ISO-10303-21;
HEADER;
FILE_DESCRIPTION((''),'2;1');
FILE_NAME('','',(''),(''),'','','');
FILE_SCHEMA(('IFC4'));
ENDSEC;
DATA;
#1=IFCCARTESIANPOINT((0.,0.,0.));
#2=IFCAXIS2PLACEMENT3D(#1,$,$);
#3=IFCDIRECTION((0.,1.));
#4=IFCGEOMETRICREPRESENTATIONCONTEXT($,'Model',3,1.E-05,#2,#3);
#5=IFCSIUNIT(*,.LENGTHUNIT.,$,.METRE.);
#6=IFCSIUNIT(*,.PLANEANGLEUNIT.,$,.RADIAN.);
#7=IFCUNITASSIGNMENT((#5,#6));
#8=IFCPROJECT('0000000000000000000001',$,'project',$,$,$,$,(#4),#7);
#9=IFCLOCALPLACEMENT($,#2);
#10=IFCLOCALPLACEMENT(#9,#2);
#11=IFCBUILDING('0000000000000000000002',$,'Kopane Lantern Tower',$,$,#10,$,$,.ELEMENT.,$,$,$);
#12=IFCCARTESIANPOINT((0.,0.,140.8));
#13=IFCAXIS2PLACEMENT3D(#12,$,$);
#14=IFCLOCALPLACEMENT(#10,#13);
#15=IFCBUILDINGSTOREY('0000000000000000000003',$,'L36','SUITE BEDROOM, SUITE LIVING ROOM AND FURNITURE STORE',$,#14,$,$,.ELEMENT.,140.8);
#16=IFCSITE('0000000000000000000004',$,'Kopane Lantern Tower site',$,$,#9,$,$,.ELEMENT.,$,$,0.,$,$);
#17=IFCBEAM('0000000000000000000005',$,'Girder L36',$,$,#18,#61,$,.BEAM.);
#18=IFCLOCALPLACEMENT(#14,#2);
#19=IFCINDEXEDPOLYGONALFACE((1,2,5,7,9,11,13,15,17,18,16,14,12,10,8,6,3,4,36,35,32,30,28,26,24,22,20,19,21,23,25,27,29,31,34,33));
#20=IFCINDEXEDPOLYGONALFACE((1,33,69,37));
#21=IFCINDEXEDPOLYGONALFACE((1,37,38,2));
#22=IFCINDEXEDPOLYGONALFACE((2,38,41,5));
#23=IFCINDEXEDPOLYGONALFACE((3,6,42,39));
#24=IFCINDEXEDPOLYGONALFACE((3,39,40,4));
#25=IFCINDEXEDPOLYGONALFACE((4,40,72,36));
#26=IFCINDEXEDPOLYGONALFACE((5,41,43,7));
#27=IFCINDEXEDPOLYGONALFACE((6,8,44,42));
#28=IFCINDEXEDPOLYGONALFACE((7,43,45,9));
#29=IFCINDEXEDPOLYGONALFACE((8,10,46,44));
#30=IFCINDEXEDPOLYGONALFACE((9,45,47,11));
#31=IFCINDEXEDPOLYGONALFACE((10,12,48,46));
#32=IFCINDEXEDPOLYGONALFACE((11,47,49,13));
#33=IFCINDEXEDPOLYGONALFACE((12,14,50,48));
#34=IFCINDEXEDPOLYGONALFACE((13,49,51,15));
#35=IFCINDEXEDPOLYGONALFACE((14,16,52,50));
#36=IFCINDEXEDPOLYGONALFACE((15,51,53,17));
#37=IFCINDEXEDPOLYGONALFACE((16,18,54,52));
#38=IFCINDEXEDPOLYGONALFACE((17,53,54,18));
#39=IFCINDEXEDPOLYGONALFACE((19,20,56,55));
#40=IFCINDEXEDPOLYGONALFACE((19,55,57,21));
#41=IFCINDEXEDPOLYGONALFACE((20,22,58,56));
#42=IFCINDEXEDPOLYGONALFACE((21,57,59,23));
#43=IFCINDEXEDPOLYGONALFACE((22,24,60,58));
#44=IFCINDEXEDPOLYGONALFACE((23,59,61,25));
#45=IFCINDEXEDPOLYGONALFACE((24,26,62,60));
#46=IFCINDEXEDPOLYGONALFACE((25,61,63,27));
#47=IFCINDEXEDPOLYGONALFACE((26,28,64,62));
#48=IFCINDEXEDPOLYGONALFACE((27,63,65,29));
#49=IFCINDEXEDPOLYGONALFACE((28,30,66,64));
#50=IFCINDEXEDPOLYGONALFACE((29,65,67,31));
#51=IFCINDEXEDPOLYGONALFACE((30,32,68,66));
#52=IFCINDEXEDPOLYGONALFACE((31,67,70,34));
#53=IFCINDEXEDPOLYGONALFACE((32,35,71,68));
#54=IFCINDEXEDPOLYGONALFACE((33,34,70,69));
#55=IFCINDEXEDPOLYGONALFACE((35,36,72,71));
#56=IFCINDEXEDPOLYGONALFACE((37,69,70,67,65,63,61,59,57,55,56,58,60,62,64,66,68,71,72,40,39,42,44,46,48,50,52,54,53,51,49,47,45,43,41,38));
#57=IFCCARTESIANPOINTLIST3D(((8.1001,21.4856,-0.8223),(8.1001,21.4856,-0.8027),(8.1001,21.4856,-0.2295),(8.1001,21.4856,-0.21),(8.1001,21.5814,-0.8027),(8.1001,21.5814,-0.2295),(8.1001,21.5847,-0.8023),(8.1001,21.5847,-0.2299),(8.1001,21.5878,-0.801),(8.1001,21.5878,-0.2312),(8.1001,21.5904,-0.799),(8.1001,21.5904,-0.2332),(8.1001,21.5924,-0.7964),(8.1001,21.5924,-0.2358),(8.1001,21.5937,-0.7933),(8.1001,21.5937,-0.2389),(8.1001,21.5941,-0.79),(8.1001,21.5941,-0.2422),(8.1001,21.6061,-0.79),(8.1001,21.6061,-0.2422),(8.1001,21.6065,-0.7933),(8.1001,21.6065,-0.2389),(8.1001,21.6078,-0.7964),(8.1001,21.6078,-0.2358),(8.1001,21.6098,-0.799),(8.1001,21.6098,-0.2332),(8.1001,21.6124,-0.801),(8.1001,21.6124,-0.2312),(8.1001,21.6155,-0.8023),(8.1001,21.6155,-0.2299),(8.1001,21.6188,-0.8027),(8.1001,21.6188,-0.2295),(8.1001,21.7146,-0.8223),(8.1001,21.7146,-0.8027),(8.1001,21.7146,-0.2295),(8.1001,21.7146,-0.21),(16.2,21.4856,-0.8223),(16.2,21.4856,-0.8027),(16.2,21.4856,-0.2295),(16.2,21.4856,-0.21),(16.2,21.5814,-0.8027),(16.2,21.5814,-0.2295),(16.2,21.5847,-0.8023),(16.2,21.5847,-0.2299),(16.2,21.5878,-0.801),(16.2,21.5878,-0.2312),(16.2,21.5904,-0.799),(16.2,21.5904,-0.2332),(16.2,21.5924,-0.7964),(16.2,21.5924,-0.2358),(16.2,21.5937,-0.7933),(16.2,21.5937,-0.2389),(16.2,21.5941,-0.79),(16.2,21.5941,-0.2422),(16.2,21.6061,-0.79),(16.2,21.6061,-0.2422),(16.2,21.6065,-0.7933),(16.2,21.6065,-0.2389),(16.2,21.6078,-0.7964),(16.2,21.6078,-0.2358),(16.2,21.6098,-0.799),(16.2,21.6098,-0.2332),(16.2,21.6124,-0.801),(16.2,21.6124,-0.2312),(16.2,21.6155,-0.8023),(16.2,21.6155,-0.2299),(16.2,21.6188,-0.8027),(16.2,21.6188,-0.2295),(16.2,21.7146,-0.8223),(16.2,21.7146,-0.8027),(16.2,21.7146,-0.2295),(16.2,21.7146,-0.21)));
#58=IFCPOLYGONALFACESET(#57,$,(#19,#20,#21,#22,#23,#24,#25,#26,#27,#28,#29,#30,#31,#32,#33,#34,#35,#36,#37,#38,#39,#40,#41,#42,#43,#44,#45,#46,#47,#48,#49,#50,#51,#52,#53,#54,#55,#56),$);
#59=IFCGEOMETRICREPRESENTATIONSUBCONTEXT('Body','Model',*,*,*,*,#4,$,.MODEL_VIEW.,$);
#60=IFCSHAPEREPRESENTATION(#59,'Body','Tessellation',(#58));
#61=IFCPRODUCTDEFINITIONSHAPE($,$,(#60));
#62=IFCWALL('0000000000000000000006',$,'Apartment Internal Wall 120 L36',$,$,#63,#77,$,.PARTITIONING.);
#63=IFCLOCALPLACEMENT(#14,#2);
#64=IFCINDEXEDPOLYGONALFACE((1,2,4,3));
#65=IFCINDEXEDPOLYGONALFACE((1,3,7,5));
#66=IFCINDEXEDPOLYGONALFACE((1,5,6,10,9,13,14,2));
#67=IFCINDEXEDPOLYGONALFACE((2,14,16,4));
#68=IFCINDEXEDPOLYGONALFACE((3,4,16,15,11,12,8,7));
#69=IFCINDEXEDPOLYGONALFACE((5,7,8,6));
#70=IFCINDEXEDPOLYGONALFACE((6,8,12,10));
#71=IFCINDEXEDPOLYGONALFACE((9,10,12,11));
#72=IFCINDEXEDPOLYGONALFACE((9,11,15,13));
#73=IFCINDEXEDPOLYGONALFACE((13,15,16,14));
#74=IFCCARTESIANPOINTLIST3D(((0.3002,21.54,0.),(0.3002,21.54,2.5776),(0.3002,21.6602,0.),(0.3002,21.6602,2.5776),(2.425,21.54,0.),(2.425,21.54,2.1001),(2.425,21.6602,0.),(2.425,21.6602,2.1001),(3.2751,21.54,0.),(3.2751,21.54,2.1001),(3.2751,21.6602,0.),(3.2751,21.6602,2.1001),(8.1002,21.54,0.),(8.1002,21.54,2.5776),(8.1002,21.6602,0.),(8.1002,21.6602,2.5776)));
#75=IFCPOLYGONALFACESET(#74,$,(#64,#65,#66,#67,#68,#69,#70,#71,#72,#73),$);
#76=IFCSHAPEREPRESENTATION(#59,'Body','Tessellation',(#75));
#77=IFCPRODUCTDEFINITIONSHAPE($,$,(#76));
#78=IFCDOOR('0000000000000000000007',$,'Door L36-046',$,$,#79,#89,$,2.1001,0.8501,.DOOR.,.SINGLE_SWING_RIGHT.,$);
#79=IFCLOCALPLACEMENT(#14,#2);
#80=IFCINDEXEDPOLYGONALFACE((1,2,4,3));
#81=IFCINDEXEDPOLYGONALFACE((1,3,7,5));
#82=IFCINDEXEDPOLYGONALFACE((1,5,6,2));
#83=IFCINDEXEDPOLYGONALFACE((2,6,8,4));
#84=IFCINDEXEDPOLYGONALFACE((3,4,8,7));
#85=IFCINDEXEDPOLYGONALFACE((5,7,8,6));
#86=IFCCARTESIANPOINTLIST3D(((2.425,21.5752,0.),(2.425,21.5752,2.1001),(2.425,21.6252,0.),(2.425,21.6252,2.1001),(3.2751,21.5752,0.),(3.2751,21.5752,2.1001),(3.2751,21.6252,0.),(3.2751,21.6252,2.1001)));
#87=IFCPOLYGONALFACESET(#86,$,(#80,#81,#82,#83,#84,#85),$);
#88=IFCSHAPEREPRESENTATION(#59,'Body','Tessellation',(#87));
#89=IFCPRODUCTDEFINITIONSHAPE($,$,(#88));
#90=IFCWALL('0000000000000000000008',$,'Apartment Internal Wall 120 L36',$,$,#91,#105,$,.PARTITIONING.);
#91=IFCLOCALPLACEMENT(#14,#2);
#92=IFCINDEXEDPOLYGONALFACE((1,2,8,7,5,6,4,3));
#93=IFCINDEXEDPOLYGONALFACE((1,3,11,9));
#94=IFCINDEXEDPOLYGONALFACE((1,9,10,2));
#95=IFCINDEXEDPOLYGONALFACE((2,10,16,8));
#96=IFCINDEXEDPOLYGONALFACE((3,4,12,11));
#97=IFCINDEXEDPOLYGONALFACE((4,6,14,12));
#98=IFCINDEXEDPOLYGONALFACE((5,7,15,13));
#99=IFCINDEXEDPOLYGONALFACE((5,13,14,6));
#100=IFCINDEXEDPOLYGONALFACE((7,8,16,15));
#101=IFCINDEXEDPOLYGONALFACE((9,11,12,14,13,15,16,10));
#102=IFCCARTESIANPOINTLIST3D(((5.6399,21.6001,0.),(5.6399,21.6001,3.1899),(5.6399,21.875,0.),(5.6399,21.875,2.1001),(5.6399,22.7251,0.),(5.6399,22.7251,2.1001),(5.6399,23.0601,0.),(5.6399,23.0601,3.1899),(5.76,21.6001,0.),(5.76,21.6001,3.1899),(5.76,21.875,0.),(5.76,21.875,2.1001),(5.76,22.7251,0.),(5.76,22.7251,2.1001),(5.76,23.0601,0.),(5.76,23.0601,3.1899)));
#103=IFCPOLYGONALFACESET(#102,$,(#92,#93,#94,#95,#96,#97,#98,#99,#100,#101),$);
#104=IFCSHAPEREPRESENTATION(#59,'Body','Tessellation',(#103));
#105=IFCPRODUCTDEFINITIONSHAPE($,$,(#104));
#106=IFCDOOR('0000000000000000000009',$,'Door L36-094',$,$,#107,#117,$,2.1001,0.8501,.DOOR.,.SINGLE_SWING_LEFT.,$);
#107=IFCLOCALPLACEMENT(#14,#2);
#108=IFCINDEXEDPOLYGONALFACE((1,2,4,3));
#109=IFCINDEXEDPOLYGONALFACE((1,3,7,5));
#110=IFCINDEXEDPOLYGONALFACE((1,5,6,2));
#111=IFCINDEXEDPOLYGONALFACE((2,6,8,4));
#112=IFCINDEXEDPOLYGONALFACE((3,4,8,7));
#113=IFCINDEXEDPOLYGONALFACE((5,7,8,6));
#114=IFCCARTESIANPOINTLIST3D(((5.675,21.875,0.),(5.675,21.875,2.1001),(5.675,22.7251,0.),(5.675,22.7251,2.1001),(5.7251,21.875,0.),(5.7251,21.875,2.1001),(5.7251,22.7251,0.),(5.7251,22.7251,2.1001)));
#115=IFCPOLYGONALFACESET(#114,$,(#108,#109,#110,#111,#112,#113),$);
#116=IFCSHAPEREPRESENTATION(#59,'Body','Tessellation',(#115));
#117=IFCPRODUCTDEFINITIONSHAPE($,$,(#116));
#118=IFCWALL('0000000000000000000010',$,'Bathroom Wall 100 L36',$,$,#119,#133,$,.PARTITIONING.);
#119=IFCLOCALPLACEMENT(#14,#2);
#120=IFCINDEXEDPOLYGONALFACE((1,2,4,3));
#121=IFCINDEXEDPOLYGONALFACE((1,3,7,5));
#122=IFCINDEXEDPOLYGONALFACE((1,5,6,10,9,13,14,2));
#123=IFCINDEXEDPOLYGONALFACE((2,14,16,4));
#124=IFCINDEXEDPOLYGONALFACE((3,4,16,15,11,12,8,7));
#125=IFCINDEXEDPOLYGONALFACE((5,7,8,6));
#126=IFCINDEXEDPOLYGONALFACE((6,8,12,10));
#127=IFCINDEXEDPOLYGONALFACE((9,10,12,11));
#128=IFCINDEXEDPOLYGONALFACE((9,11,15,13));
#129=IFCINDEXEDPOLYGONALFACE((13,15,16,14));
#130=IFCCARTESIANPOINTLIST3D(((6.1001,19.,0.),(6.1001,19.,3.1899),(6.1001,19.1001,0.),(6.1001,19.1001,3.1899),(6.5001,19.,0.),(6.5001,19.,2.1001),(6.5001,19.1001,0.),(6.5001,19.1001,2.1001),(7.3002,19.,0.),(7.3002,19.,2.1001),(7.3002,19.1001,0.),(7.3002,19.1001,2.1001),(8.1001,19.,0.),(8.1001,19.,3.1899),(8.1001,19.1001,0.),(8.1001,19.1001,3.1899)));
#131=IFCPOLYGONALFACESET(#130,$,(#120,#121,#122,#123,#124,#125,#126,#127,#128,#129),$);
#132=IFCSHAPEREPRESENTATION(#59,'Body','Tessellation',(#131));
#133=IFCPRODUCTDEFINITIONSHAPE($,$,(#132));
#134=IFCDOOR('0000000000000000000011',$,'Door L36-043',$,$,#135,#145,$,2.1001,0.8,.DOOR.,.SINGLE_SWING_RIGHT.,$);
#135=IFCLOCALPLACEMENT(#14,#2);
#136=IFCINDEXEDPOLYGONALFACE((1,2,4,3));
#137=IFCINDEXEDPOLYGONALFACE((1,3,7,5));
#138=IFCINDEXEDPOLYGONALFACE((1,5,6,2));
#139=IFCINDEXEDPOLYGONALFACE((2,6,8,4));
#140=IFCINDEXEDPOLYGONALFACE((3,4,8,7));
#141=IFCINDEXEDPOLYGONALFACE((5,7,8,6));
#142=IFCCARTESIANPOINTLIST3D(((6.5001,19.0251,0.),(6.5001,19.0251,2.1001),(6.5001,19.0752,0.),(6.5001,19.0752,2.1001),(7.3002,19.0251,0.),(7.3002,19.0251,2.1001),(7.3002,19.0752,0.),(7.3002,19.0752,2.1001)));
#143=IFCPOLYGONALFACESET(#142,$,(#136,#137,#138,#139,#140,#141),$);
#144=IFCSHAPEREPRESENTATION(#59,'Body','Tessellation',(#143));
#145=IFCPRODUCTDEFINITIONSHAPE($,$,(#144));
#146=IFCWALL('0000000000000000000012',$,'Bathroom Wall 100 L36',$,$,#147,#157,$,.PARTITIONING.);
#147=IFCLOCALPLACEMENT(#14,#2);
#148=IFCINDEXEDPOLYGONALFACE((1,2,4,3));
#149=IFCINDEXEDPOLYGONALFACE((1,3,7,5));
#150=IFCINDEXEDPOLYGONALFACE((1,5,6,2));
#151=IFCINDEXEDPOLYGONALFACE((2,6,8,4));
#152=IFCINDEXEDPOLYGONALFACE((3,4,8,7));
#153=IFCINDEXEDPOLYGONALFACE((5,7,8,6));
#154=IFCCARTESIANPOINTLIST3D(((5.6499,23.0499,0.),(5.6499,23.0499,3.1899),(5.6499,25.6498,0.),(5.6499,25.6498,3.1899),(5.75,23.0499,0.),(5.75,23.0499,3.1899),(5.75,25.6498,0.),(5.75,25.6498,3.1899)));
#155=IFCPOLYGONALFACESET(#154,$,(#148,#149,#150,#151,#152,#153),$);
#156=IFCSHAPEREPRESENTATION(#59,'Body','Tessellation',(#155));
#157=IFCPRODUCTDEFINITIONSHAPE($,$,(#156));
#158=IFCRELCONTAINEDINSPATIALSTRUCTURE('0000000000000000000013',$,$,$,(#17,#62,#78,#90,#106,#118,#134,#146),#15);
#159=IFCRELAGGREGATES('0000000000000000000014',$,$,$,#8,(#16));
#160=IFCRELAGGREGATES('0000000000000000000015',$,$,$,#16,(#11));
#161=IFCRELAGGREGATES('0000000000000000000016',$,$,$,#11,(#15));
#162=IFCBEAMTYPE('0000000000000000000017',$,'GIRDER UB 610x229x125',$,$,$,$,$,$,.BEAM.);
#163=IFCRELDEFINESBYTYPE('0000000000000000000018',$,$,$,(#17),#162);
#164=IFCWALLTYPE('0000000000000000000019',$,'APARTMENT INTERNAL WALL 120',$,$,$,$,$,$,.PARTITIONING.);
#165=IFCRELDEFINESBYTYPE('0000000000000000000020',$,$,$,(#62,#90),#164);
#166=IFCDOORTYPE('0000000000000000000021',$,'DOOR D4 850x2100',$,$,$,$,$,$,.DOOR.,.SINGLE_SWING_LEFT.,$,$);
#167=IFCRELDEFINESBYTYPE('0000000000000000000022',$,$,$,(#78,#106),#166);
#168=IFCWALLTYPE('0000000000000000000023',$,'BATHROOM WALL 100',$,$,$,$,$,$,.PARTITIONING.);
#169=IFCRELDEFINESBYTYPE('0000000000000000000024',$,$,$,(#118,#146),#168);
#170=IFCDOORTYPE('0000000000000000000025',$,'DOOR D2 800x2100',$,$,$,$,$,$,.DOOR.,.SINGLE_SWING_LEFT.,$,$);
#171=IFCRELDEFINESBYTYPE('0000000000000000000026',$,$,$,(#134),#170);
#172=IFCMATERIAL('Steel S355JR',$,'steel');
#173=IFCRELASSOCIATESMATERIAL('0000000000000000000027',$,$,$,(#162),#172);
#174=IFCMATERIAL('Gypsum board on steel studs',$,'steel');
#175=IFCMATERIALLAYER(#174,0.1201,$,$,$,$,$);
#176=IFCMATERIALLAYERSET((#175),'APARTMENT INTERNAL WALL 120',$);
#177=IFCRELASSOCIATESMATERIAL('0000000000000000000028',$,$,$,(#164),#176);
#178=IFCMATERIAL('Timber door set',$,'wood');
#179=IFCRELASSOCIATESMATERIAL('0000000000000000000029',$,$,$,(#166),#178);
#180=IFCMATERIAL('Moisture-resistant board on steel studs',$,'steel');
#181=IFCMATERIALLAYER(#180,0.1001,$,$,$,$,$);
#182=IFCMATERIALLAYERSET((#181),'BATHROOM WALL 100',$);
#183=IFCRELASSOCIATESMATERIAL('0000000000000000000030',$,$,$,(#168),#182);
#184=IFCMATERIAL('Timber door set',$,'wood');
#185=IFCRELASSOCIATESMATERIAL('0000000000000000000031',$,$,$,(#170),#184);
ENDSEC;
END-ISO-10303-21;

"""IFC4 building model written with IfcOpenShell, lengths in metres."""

from ifc_helpers import new_model, si_unit, direction, frame, frame_2d, origin, origin_2d, place, context, subcontext, project, spatial, rectangle, i_section, extrude, material, layer, layer_set, material_profile, profile_set, type_object, element, fill, save


model = new_model("IFC4")

# Units and contexts
model_context = context("Model", 3, precision=1e-05, world=origin(), true_north=direction((0.0, 1.0)))
body_context = subcontext(model_context, "Body", "Model", "MODEL_VIEW")
ifc_project = project(units=[si_unit("LENGTHUNIT", "METRE"), si_unit("PLANEANGLEUNIT", "RADIAN")], contexts=[model_context])

# Site, building, storey
site_placement = place(None, origin())
site = spatial("IfcSite", under=ifc_project, at=site_placement, Name="Kopane Lantern Tower site", CompositionType="ELEMENT", RefElevation=0.0)
building_placement = place(site_placement, origin())
building = spatial("IfcBuilding", under=site, at=building_placement, Name="Kopane Lantern Tower", CompositionType="ELEMENT")
storey_placement = place(building_placement, frame((0.0, 0.0, 140.8)))
storey = spatial("IfcBuildingStorey", under=building, at=storey_placement, Name="L36", Description="SUITE BEDROOM, SUITE LIVING ROOM AND FURNITURE STORE", CompositionType="ELEMENT", Elevation=140.8)

# Beam
ifc_material_1 = material(Name="Steel S355JR", Category="steel")
ifc_material_profile_1 = material_profile(ifc_material_1, i_section(OverallWidth=0.229, OverallDepth=0.6123, WebThickness=0.012, FlangeThickness=0.0195, FilletRadius=0.0127, at=origin_2d()), Name="UB 610x229x125")
ifc_profile_set_1 = profile_set([ifc_material_profile_1], Name="Steel S355JR")
beam_type = type_object("IfcBeamType", Name="GIRDER UB 610x229x125", PredefinedType="BEAM", material=ifc_profile_set_1)
for number, where, z_axis, x_axis, name in (
    (1, (8.1001, 21.6001, -0.5161), (1.0, 0.0, 0.0), (0.0, 1.0, 0.0), "Girder L36"),
):
    element("IfcBeam", number, at=place(storey_placement, frame(where, z_axis=z_axis, x_axis=x_axis)), inside=storey, type_object=beam_type, Name=name, PredefinedType="BEAM", context=body_context, shape_type="SweptSolid", body=[
        extrude(i_section(OverallWidth=0.229, OverallDepth=0.6123, WebThickness=0.012, FlangeThickness=0.0195, FilletRadius=0.0127, at=origin_2d()), origin(), (0.0, 0.0, 1.0), 8.0999),
    ])

# Walls, openings, doors
ifc_material_2 = material(Name="Gypsum board on steel studs", Category="steel")
ifc_layer_1 = layer(ifc_material_2, 0.1201)
ifc_layer_set_1 = layer_set([ifc_layer_1], Name="APARTMENT INTERNAL WALL 120")
wall_type_1 = type_object("IfcWallType", Name="APARTMENT INTERNAL WALL 120", PredefinedType="PARTITIONING", material=ifc_layer_set_1)
wall_1_placement = place(storey_placement, frame((8.1001, 21.6001, 0.0), z_axis=(0.0, 0.0, 1.0), x_axis=(-1.0, 0.0, 0.0)))
wall_1 = element("IfcWall", 2, at=wall_1_placement, inside=storey, type_object=wall_type_1, Name="Apartment Internal Wall 120 L36", PredefinedType="PARTITIONING", context=body_context, shape_type="SweptSolid", body=[
    extrude(rectangle(XDim=7.8, YDim=0.1201, at=frame_2d((3.8999, 0.0))), origin(), (0.0, 0.0, 1.0), 2.5776),
])
opening_1_placement = place(wall_1_placement, frame((4.825, 0.0, 0.0)))
opening_1 = element("IfcOpeningElement", 3, at=opening_1_placement, cuts=wall_1, PredefinedType="OPENING", context=body_context, shape_type="SweptSolid", body=[
    extrude(rectangle(XDim=0.8501, YDim=2.1001, at=frame_2d((0.425, 1.05))), frame((0.0, 0.0701, 0.0), z_axis=(0.0, -1.0, 0.0), x_axis=(1.0, 0.0, 0.0)), (0.0, 0.0, 1.0), 0.1401),
])
ifc_material_3 = material(Name="Timber door set", Category="wood")
door_type_1 = type_object("IfcDoorType", Name="DOOR D4 850x2100", OperationType="SINGLE_SWING_LEFT", PredefinedType="DOOR", material=ifc_material_3)
door_1_placement = place(opening_1_placement, origin())
door_1 = element("IfcDoor", 4, at=door_1_placement, inside=storey, type_object=door_type_1, Name="Door L36-046", OperationType="SINGLE_SWING_RIGHT", OverallHeight=2.1001, OverallWidth=0.8501, PredefinedType="DOOR", context=body_context, shape_type="SweptSolid", body=[
    extrude(rectangle(XDim=0.8501, YDim=2.1001, at=frame_2d((0.425, 1.05))), frame((0.0, 0.0249, 0.0), z_axis=(0.0, -1.0, 0.0), x_axis=(1.0, 0.0, 0.0)), (0.0, 0.0, 1.0), 0.05),
])
fill(opening_1, door_1)
wall_2_placement = place(storey_placement, frame((5.7, 21.6001, 0.0), z_axis=(0.0, 0.0, 1.0), x_axis=(0.0, 1.0, 0.0)))
wall_2 = element("IfcWall", 5, at=wall_2_placement, inside=storey, type_object=wall_type_1, Name="Apartment Internal Wall 120 L36", PredefinedType="PARTITIONING", context=body_context, shape_type="SweptSolid", body=[
    extrude(rectangle(XDim=1.46, YDim=0.1201, at=frame_2d((0.73, 0.0))), origin(), (0.0, 0.0, 1.0), 3.1899),
])
opening_2_placement = place(wall_2_placement, frame((0.2749, 0.0, 0.0)))
opening_2 = element("IfcOpeningElement", 6, at=opening_2_placement, cuts=wall_2, PredefinedType="OPENING", context=body_context, shape_type="SweptSolid", body=[
    extrude(rectangle(XDim=0.8501, YDim=2.1001, at=frame_2d((0.425, 1.05))), frame((0.0, 0.0701, 0.0), z_axis=(0.0, -1.0, 0.0), x_axis=(1.0, 0.0, 0.0)), (0.0, 0.0, 1.0), 0.1401),
])
door_2_placement = place(opening_2_placement, origin())
door_2 = element("IfcDoor", 7, at=door_2_placement, inside=storey, type_object=door_type_1, Name="Door L36-094", OperationType="SINGLE_SWING_LEFT", OverallHeight=2.1001, OverallWidth=0.8501, PredefinedType="DOOR", context=body_context, shape_type="SweptSolid", body=[
    extrude(rectangle(XDim=0.8501, YDim=2.1001, at=frame_2d((0.425, 1.05))), frame((0.0, 0.0249, 0.0), z_axis=(0.0, -1.0, 0.0), x_axis=(1.0, 0.0, 0.0)), (0.0, 0.0, 1.0), 0.05),
])
fill(opening_2, door_2)
ifc_material_4 = material(Name="Moisture-resistant board on steel studs", Category="steel")
ifc_layer_2 = layer(ifc_material_4, 0.1001)
ifc_layer_set_2 = layer_set([ifc_layer_2], Name="BATHROOM WALL 100")
wall_type_2 = type_object("IfcWallType", Name="BATHROOM WALL 100", PredefinedType="PARTITIONING", material=ifc_layer_set_2)
wall_3_placement = place(storey_placement, frame((8.1001, 19.05, 0.0), z_axis=(0.0, 0.0, 1.0), x_axis=(-1.0, 0.0, 0.0)))
wall_3 = element("IfcWall", 8, at=wall_3_placement, inside=storey, type_object=wall_type_2, Name="Bathroom Wall 100 L36", PredefinedType="PARTITIONING", context=body_context, shape_type="SweptSolid", body=[
    extrude(rectangle(XDim=2.0, YDim=0.1001, at=frame_2d((1.0, 0.0))), origin(), (0.0, 0.0, 1.0), 3.1899),
])
opening_3_placement = place(wall_3_placement, frame((0.8, 0.0, 0.0)))
opening_3 = element("IfcOpeningElement", 9, at=opening_3_placement, cuts=wall_3, PredefinedType="OPENING", context=body_context, shape_type="SweptSolid", body=[
    extrude(rectangle(XDim=0.8, YDim=2.1001, at=frame_2d((0.3999, 1.05))), frame((0.0, 0.0601, 0.0), z_axis=(0.0, -1.0, 0.0), x_axis=(1.0, 0.0, 0.0)), (0.0, 0.0, 1.0), 0.1201),
])
ifc_material_5 = material(Name="Timber door set", Category="wood")
door_type_2 = type_object("IfcDoorType", Name="DOOR D2 800x2100", OperationType="SINGLE_SWING_LEFT", PredefinedType="DOOR", material=ifc_material_5)
door_3_placement = place(opening_3_placement, origin())
door_3 = element("IfcDoor", 10, at=door_3_placement, inside=storey, type_object=door_type_2, Name="Door L36-043", OperationType="SINGLE_SWING_RIGHT", OverallHeight=2.1001, OverallWidth=0.8, PredefinedType="DOOR", context=body_context, shape_type="SweptSolid", body=[
    extrude(rectangle(XDim=0.8, YDim=2.1001, at=frame_2d((0.3999, 1.05))), frame((0.0, 0.0249, 0.0), z_axis=(0.0, -1.0, 0.0), x_axis=(1.0, 0.0, 0.0)), (0.0, 0.0, 1.0), 0.05),
])
fill(opening_3, door_3)

# Wall
wall_4_placement = place(storey_placement, frame((5.7, 23.05, 0.0), z_axis=(0.0, 0.0, 1.0), x_axis=(0.0, 1.0, 0.0)))
element("IfcWall", 11, at=wall_4_placement, inside=storey, type_object=wall_type_2, Name="Bathroom Wall 100 L36", PredefinedType="PARTITIONING", context=body_context, shape_type="SweptSolid", body=[
    extrude(rectangle(XDim=2.5999, YDim=0.1001, at=frame_2d((1.2998, 0.0))), origin(), (0.0, 0.0, 1.0), 3.1899),
])

save(model, "model.ifc")
